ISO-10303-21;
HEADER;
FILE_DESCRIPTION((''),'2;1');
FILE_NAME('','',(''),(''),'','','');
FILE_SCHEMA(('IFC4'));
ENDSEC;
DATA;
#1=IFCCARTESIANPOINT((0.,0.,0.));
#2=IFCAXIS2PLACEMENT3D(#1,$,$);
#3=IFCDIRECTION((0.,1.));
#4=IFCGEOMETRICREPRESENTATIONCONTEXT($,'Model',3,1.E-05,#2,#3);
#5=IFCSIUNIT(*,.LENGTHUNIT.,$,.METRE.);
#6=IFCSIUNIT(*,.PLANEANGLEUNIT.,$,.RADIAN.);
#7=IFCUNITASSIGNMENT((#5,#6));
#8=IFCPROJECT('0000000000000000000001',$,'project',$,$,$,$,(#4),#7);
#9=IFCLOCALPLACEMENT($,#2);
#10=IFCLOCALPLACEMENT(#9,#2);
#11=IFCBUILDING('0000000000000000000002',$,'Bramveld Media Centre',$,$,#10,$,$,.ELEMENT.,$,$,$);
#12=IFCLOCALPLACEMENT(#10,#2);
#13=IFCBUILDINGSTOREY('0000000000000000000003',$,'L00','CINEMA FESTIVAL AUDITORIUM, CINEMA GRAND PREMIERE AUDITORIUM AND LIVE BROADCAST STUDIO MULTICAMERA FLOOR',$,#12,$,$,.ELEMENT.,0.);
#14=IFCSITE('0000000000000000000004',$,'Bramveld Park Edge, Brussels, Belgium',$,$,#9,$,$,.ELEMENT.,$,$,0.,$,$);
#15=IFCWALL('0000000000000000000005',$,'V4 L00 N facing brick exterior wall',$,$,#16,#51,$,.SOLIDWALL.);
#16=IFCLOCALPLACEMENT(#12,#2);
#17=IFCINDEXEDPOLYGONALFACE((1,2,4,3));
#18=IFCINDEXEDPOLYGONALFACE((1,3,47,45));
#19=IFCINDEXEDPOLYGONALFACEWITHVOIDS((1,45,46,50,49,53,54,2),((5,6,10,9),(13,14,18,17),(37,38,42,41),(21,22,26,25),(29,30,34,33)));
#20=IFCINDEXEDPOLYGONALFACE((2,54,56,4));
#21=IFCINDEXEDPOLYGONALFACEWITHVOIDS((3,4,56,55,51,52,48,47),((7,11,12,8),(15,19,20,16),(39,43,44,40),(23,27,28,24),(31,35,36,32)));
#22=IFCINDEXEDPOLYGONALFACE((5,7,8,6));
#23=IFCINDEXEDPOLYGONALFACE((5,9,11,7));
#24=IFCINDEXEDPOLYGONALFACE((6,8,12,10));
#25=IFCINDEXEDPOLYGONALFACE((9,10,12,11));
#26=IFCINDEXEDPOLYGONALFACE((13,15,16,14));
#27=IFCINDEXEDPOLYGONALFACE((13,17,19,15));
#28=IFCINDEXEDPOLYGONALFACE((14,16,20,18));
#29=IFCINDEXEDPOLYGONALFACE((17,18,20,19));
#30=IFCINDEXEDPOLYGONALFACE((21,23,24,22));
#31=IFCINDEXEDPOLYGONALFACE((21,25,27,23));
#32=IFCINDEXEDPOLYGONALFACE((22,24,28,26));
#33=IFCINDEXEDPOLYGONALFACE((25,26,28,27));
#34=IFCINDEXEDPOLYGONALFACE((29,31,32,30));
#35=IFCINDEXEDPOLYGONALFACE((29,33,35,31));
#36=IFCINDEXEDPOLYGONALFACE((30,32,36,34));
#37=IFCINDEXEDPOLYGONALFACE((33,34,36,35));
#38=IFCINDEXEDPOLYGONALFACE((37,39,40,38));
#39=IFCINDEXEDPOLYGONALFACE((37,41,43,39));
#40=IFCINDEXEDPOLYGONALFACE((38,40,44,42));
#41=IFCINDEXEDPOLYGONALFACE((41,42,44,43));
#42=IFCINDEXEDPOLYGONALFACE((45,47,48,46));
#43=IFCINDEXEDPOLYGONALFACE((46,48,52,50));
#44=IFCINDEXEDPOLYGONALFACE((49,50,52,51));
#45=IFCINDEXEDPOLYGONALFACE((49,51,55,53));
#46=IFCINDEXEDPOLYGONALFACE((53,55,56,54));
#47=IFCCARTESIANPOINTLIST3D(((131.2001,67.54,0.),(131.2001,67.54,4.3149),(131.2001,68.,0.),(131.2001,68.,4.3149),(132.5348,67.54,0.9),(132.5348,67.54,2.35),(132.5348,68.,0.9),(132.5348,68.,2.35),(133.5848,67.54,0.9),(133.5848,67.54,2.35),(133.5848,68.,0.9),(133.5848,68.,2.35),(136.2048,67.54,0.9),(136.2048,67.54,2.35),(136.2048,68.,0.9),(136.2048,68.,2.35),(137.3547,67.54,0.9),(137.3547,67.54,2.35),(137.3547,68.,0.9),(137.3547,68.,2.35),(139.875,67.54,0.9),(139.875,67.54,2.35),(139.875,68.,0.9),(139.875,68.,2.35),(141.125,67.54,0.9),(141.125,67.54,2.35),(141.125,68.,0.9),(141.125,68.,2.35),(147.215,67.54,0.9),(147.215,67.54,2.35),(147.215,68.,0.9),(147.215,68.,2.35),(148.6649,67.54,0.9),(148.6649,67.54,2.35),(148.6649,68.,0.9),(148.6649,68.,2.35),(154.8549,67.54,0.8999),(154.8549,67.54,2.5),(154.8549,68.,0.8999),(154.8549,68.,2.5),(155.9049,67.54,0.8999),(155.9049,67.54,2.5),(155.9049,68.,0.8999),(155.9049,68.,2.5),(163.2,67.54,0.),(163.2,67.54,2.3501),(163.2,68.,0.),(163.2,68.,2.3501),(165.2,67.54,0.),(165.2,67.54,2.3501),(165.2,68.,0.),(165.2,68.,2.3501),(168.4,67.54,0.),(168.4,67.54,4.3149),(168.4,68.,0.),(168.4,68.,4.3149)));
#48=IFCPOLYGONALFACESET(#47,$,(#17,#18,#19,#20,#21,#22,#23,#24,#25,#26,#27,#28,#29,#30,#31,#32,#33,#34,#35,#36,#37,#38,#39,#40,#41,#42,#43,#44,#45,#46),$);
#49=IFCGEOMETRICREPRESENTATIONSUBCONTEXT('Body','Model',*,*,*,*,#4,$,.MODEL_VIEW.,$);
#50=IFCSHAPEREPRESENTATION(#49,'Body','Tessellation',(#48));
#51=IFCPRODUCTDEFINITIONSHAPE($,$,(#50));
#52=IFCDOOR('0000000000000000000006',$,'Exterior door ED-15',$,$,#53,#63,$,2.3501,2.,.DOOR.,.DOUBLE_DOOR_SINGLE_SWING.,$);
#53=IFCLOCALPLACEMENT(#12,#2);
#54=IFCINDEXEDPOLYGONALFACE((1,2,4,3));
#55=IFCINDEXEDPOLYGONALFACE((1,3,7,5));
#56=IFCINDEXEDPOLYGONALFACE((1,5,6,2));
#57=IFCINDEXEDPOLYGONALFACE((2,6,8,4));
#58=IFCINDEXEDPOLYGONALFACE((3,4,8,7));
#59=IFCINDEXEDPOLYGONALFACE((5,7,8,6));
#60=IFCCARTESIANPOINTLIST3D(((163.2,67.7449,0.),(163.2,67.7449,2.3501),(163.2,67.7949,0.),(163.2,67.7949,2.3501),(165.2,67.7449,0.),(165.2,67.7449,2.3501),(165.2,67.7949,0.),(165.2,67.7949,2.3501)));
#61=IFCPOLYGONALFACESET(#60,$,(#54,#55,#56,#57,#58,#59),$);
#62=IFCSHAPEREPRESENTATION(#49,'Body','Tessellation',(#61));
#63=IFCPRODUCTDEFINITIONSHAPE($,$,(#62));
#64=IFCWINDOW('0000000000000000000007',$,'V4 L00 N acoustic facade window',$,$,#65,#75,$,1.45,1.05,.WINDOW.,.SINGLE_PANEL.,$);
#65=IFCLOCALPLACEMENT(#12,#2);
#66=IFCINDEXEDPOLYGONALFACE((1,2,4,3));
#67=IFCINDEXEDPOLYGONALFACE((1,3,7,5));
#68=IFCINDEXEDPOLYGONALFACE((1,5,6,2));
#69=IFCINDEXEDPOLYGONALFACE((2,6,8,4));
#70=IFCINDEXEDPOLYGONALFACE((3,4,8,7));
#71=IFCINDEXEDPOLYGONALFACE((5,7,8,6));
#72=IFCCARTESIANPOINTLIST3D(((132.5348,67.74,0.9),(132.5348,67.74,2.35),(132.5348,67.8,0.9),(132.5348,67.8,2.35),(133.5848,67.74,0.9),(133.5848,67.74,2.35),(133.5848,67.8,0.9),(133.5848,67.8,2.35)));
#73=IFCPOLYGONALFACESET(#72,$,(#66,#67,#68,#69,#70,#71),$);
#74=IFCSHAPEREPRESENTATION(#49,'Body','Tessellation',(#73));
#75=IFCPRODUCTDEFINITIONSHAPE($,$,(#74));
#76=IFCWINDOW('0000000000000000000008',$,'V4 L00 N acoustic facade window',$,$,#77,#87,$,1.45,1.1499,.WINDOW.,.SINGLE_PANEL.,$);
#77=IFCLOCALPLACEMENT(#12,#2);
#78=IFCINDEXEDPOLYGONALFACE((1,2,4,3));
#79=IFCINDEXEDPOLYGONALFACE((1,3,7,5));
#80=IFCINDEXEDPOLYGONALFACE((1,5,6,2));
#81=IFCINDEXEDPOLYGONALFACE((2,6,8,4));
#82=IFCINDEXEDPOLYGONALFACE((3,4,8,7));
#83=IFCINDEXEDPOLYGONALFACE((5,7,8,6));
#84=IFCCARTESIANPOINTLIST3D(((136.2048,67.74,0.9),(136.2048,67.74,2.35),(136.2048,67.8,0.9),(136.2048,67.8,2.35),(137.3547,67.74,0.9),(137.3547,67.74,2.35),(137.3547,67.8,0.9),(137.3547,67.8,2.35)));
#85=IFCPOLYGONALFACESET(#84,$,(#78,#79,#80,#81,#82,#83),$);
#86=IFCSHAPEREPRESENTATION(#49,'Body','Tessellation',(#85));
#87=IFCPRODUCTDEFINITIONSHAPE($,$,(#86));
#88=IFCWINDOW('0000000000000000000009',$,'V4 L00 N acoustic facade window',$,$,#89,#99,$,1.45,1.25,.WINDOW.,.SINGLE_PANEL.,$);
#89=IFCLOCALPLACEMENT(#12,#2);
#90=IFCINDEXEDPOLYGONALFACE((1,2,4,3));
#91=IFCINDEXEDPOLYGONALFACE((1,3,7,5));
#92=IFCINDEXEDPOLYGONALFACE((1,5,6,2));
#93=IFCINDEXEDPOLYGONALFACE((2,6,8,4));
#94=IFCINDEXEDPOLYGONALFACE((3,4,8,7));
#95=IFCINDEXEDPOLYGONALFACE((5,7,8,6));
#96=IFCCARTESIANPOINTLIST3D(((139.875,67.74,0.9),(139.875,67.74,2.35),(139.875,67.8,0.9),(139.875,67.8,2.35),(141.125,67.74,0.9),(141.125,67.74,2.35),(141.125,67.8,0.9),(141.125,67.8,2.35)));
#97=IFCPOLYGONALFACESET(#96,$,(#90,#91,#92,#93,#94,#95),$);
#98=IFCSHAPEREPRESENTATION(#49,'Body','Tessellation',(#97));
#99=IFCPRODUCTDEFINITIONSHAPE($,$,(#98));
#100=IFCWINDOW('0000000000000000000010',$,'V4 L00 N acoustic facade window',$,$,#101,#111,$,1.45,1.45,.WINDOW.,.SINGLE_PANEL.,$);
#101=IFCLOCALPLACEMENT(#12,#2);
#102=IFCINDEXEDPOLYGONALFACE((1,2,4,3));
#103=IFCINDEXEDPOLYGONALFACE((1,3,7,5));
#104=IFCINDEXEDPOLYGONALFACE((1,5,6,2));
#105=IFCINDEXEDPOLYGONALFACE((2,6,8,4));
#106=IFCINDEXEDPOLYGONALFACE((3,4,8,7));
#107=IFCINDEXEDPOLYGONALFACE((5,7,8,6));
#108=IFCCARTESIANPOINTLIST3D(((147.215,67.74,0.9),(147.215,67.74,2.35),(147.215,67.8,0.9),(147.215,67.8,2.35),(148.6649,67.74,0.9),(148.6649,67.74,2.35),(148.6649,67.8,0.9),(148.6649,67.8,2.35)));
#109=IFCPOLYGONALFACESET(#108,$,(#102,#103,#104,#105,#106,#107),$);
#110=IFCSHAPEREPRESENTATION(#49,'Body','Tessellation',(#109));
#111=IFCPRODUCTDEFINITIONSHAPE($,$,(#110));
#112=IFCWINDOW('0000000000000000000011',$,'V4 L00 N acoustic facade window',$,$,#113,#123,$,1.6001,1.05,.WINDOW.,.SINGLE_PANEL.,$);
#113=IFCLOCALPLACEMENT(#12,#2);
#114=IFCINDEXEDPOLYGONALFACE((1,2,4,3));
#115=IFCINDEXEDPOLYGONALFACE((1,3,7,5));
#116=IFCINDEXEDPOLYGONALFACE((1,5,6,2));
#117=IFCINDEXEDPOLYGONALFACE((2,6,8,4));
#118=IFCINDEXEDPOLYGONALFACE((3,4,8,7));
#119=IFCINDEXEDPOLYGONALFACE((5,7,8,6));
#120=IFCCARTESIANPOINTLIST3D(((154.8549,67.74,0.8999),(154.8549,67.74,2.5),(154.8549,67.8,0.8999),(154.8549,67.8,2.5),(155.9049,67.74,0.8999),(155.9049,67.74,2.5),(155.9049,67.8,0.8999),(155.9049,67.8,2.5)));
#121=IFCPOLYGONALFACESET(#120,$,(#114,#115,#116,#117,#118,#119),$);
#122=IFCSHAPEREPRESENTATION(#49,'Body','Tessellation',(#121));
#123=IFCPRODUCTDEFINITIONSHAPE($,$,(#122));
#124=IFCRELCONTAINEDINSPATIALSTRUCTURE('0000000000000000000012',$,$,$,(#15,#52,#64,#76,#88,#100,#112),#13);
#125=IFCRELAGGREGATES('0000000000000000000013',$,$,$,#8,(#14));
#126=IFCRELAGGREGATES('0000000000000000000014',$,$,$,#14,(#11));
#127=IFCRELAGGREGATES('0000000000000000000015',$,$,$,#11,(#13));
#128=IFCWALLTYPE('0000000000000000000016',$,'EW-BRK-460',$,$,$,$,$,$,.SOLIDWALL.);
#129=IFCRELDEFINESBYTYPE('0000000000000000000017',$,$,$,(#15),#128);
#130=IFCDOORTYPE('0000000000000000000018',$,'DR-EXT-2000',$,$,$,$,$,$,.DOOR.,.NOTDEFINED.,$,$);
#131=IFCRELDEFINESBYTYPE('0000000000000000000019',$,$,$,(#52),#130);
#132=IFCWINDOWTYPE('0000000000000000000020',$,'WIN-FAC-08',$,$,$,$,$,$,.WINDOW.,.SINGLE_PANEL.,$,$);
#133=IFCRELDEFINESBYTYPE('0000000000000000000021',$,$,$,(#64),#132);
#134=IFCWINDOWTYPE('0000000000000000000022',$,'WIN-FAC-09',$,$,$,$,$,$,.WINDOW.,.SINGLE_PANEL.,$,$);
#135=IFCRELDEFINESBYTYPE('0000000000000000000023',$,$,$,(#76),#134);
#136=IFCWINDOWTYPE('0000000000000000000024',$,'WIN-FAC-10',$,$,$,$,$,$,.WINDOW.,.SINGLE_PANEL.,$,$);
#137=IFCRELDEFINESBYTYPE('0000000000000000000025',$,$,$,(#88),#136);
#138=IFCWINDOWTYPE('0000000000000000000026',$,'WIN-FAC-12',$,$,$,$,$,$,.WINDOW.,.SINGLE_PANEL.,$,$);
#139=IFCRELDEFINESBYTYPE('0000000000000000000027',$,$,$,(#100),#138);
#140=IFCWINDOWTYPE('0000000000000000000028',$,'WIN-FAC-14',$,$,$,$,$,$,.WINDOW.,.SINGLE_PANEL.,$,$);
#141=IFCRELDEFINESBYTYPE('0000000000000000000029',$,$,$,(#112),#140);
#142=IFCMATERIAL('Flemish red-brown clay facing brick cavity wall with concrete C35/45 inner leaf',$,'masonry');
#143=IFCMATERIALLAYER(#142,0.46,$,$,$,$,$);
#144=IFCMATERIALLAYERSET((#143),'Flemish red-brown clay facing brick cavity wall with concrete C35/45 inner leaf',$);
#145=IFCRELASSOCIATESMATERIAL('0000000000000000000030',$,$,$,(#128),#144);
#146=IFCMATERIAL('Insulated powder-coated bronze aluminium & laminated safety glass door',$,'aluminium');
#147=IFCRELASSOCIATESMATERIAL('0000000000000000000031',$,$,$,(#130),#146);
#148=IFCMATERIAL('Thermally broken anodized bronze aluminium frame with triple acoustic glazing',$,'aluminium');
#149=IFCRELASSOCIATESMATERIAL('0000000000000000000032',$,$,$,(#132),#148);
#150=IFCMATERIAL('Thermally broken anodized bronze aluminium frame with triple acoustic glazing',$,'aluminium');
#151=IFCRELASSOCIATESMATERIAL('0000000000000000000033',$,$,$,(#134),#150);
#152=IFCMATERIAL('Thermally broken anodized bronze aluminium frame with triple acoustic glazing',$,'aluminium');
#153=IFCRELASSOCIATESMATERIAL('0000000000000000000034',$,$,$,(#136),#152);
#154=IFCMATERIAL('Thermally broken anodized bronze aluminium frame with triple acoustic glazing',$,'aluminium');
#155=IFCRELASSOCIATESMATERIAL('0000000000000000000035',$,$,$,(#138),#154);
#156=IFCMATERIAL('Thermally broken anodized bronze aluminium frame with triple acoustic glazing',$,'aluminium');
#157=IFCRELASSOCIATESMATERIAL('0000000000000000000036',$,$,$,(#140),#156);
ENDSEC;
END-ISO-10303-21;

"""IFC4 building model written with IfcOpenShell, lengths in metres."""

from ifc_helpers import new_model, si_unit, direction, frame, frame_2d, origin, place, context, subcontext, project, spatial, rectangle, extrude, material, layer, layer_set, type_object, element, fill, save


model = new_model("IFC4")

# Units and contexts
model_context = context("Model", 3, precision=1e-05, world=origin(), true_north=direction((0.0, 1.0)))
body_context = subcontext(model_context, "Body", "Model", "MODEL_VIEW")
ifc_project = project(units=[si_unit("LENGTHUNIT", "METRE"), si_unit("PLANEANGLEUNIT", "RADIAN")], contexts=[model_context])

# Site, building, storey
site_placement = place(None, origin())
site = spatial("IfcSite", under=ifc_project, at=site_placement, Name="Bramveld Park Edge, Brussels, Belgium", CompositionType="ELEMENT", RefElevation=0.0)
building_placement = place(site_placement, origin())
building = spatial("IfcBuilding", under=site, at=building_placement, Name="Bramveld Media Centre", CompositionType="ELEMENT")
storey_placement = place(building_placement, origin())
storey = spatial("IfcBuildingStorey", under=building, at=storey_placement, Name="L00", Description="CINEMA FESTIVAL AUDITORIUM, CINEMA GRAND PREMIERE AUDITORIUM AND LIVE BROADCAST STUDIO MULTICAMERA FLOOR", CompositionType="ELEMENT", Elevation=0.0)

# Wall, openings, door, windows
ifc_material_1 = material(Name="Flemish red-brown clay facing brick cavity wall with concrete C35/45 inner leaf", Category="masonry")
ifc_layer_1 = layer(ifc_material_1, 0.46)
ifc_layer_set_1 = layer_set([ifc_layer_1], Name="Flemish red-brown clay facing brick cavity wall with concrete C35/45 inner leaf")
wall_type = type_object("IfcWallType", Name="EW-BRK-460", PredefinedType="SOLIDWALL", material=ifc_layer_set_1)
wall_placement = place(storey_placement, frame((131.2, 67.77, 0.0), z_axis=(0.0, 0.0, 1.0), x_axis=(1.0, 0.0, 0.0)))
wall = element("IfcWall", 1, at=wall_placement, inside=storey, type_object=wall_type, Name="V4 L00 N facing brick exterior wall", PredefinedType="SOLIDWALL", context=body_context, shape_type="SweptSolid", body=[
    extrude(rectangle(XDim=37.2, YDim=0.46, at=frame_2d((18.6001, 0.0))), origin(), (0.0, 0.0, 1.0), 4.3149),
])
opening_1_placement = place(wall_placement, frame((32.0, 0.0, 0.0)))
opening_1 = element("IfcOpeningElement", 2, at=opening_1_placement, cuts=wall, PredefinedType="OPENING", context=body_context, shape_type="SweptSolid", body=[
    extrude(rectangle(XDim=2.0, YDim=2.3501, at=frame_2d((1.0, 1.175))), frame((0.0, 0.2419, 0.0), z_axis=(0.0, -1.0, 0.0), x_axis=(1.0, 0.0, 0.0)), (0.0, 0.0, 1.0), 0.4839),
])
opening_2_placement = place(wall_placement, frame((1.335, 0.0, 0.8999)))
opening_2 = element("IfcOpeningElement", 3, at=opening_2_placement, cuts=wall, PredefinedType="OPENING", context=body_context, shape_type="SweptSolid", body=[
    extrude(rectangle(XDim=1.05, YDim=1.45, at=frame_2d((0.5249, 0.7251))), frame((0.0, 0.2419, 0.0), z_axis=(0.0, -1.0, 0.0), x_axis=(1.0, 0.0, 0.0)), (0.0, 0.0, 1.0), 0.4839),
])
opening_3_placement = place(wall_placement, frame((5.0049, 0.0, 0.8999)))
opening_3 = element("IfcOpeningElement", 4, at=opening_3_placement, cuts=wall, PredefinedType="OPENING", context=body_context, shape_type="SweptSolid", body=[
    extrude(rectangle(XDim=1.1499, YDim=1.45, at=frame_2d((0.575, 0.7251))), frame((0.0, 0.2419, 0.0), z_axis=(0.0, -1.0, 0.0), x_axis=(1.0, 0.0, 0.0)), (0.0, 0.0, 1.0), 0.4839),
])
opening_4_placement = place(wall_placement, frame((8.675, 0.0, 0.8999)))
opening_4 = element("IfcOpeningElement", 5, at=opening_4_placement, cuts=wall, PredefinedType="OPENING", context=body_context, shape_type="SweptSolid", body=[
    extrude(rectangle(XDim=1.25, YDim=1.45, at=frame_2d((0.625, 0.7251))), frame((0.0, 0.2419, 0.0), z_axis=(0.0, -1.0, 0.0), x_axis=(1.0, 0.0, 0.0)), (0.0, 0.0, 1.0), 0.4839),
])
opening_5_placement = place(wall_placement, frame((16.0149, 0.0, 0.8999)))
opening_5 = element("IfcOpeningElement", 6, at=opening_5_placement, cuts=wall, PredefinedType="OPENING", context=body_context, shape_type="SweptSolid", body=[
    extrude(rectangle(XDim=1.45, YDim=1.45, at=frame_2d((0.7251, 0.7251))), frame((0.0, 0.2419, 0.0), z_axis=(0.0, -1.0, 0.0), x_axis=(1.0, 0.0, 0.0)), (0.0, 0.0, 1.0), 0.4839),
])
opening_6_placement = place(wall_placement, frame((23.655, 0.0, 0.8999)))
opening_6 = element("IfcOpeningElement", 7, at=opening_6_placement, cuts=wall, PredefinedType="OPENING", context=body_context, shape_type="SweptSolid", body=[
    extrude(rectangle(XDim=1.05, YDim=1.6001, at=frame_2d((0.5249, 0.8))), frame((0.0, 0.2419, 0.0), z_axis=(0.0, -1.0, 0.0), x_axis=(1.0, 0.0, 0.0)), (0.0, 0.0, 1.0), 0.4839),
])
ifc_material_2 = material(Name="Insulated powder-coated bronze aluminium & laminated safety glass door", Category="aluminium")
door_type = type_object("IfcDoorType", Name="DR-EXT-2000", OperationType="NOTDEFINED", PredefinedType="DOOR", material=ifc_material_2)
door_placement = place(opening_1_placement, origin())
door = element("IfcDoor", 8, at=door_placement, inside=storey, type_object=door_type, Name="Exterior door ED-15", OperationType="DOUBLE_DOOR_SINGLE_SWING", OverallHeight=2.3501, OverallWidth=2.0, PredefinedType="DOOR", context=body_context, shape_type="SweptSolid", body=[
    extrude(rectangle(XDim=2.0, YDim=2.3501, at=frame_2d((1.0, 1.175))), frame((0.0, 0.0249, 0.0), z_axis=(0.0, -1.0, 0.0), x_axis=(1.0, 0.0, 0.0)), (0.0, 0.0, 1.0), 0.05),
])
fill(opening_1, door)
ifc_material_3 = material(Name="Thermally broken anodized bronze aluminium frame with triple acoustic glazing", Category="aluminium")
window_type_1 = type_object("IfcWindowType", Name="WIN-FAC-08", PartitioningType="SINGLE_PANEL", PredefinedType="WINDOW", material=ifc_material_3)
window_1_placement = place(opening_2_placement, origin())
window_1 = element("IfcWindow", 9, at=window_1_placement, inside=storey, type_object=window_type_1, Name="V4 L00 N acoustic facade window", OverallHeight=1.45, OverallWidth=1.05, PartitioningType="SINGLE_PANEL", PredefinedType="WINDOW", context=body_context, shape_type="SweptSolid", body=[
    extrude(rectangle(XDim=1.05, YDim=1.45, at=frame_2d((0.5249, 0.7251))), frame((0.0, 0.03, 0.0), z_axis=(0.0, -1.0, 0.0), x_axis=(1.0, 0.0, 0.0)), (0.0, 0.0, 1.0), 0.0601),
])
fill(opening_2, window_1)
ifc_material_4 = material(Name="Thermally broken anodized bronze aluminium frame with triple acoustic glazing", Category="aluminium")
window_type_2 = type_object("IfcWindowType", Name="WIN-FAC-09", PartitioningType="SINGLE_PANEL", PredefinedType="WINDOW", material=ifc_material_4)
window_2_placement = place(opening_3_placement, origin())
window_2 = element("IfcWindow", 10, at=window_2_placement, inside=storey, type_object=window_type_2, Name="V4 L00 N acoustic facade window", OverallHeight=1.45, OverallWidth=1.1499, PartitioningType="SINGLE_PANEL", PredefinedType="WINDOW", context=body_context, shape_type="SweptSolid", body=[
    extrude(rectangle(XDim=1.1499, YDim=1.45, at=frame_2d((0.575, 0.7251))), frame((0.0, 0.03, 0.0), z_axis=(0.0, -1.0, 0.0), x_axis=(1.0, 0.0, 0.0)), (0.0, 0.0, 1.0), 0.0601),
])
fill(opening_3, window_2)
ifc_material_5 = material(Name="Thermally broken anodized bronze aluminium frame with triple acoustic glazing", Category="aluminium")
window_type_3 = type_object("IfcWindowType", Name="WIN-FAC-10", PartitioningType="SINGLE_PANEL", PredefinedType="WINDOW", material=ifc_material_5)
window_3_placement = place(opening_4_placement, origin())
window_3 = element("IfcWindow", 11, at=window_3_placement, inside=storey, type_object=window_type_3, Name="V4 L00 N acoustic facade window", OverallHeight=1.45, OverallWidth=1.25, PartitioningType="SINGLE_PANEL", PredefinedType="WINDOW", context=body_context, shape_type="SweptSolid", body=[
    extrude(rectangle(XDim=1.25, YDim=1.45, at=frame_2d((0.625, 0.7251))), frame((0.0, 0.03, 0.0), z_axis=(0.0, -1.0, 0.0), x_axis=(1.0, 0.0, 0.0)), (0.0, 0.0, 1.0), 0.0601),
])
fill(opening_4, window_3)
ifc_material_6 = material(Name="Thermally broken anodized bronze aluminium frame with triple acoustic glazing", Category="aluminium")
window_type_4 = type_object("IfcWindowType", Name="WIN-FAC-12", PartitioningType="SINGLE_PANEL", PredefinedType="WINDOW", material=ifc_material_6)
window_4_placement = place(opening_5_placement, origin())
window_4 = element("IfcWindow", 12, at=window_4_placement, inside=storey, type_object=window_type_4, Name="V4 L00 N acoustic facade window", OverallHeight=1.45, OverallWidth=1.45, PartitioningType="SINGLE_PANEL", PredefinedType="WINDOW", context=body_context, shape_type="SweptSolid", body=[
    extrude(rectangle(XDim=1.45, YDim=1.45, at=frame_2d((0.7251, 0.7251))), frame((0.0, 0.03, 0.0), z_axis=(0.0, -1.0, 0.0), x_axis=(1.0, 0.0, 0.0)), (0.0, 0.0, 1.0), 0.0601),
])
fill(opening_5, window_4)
ifc_material_7 = material(Name="Thermally broken anodized bronze aluminium frame with triple acoustic glazing", Category="aluminium")
window_type_5 = type_object("IfcWindowType", Name="WIN-FAC-14", PartitioningType="SINGLE_PANEL", PredefinedType="WINDOW", material=ifc_material_7)
window_5_placement = place(opening_6_placement, origin())
window_5 = element("IfcWindow", 13, at=window_5_placement, inside=storey, type_object=window_type_5, Name="V4 L00 N acoustic facade window", OverallHeight=1.6001, OverallWidth=1.05, PartitioningType="SINGLE_PANEL", PredefinedType="WINDOW", context=body_context, shape_type="SweptSolid", body=[
    extrude(rectangle(XDim=1.05, YDim=1.6001, at=frame_2d((0.5249, 0.8))), frame((0.0, 0.03, 0.0), z_axis=(0.0, -1.0, 0.0), x_axis=(1.0, 0.0, 0.0)), (0.0, 0.0, 1.0), 0.0601),
])
fill(opening_6, window_5)

save(model, "model.ifc")
